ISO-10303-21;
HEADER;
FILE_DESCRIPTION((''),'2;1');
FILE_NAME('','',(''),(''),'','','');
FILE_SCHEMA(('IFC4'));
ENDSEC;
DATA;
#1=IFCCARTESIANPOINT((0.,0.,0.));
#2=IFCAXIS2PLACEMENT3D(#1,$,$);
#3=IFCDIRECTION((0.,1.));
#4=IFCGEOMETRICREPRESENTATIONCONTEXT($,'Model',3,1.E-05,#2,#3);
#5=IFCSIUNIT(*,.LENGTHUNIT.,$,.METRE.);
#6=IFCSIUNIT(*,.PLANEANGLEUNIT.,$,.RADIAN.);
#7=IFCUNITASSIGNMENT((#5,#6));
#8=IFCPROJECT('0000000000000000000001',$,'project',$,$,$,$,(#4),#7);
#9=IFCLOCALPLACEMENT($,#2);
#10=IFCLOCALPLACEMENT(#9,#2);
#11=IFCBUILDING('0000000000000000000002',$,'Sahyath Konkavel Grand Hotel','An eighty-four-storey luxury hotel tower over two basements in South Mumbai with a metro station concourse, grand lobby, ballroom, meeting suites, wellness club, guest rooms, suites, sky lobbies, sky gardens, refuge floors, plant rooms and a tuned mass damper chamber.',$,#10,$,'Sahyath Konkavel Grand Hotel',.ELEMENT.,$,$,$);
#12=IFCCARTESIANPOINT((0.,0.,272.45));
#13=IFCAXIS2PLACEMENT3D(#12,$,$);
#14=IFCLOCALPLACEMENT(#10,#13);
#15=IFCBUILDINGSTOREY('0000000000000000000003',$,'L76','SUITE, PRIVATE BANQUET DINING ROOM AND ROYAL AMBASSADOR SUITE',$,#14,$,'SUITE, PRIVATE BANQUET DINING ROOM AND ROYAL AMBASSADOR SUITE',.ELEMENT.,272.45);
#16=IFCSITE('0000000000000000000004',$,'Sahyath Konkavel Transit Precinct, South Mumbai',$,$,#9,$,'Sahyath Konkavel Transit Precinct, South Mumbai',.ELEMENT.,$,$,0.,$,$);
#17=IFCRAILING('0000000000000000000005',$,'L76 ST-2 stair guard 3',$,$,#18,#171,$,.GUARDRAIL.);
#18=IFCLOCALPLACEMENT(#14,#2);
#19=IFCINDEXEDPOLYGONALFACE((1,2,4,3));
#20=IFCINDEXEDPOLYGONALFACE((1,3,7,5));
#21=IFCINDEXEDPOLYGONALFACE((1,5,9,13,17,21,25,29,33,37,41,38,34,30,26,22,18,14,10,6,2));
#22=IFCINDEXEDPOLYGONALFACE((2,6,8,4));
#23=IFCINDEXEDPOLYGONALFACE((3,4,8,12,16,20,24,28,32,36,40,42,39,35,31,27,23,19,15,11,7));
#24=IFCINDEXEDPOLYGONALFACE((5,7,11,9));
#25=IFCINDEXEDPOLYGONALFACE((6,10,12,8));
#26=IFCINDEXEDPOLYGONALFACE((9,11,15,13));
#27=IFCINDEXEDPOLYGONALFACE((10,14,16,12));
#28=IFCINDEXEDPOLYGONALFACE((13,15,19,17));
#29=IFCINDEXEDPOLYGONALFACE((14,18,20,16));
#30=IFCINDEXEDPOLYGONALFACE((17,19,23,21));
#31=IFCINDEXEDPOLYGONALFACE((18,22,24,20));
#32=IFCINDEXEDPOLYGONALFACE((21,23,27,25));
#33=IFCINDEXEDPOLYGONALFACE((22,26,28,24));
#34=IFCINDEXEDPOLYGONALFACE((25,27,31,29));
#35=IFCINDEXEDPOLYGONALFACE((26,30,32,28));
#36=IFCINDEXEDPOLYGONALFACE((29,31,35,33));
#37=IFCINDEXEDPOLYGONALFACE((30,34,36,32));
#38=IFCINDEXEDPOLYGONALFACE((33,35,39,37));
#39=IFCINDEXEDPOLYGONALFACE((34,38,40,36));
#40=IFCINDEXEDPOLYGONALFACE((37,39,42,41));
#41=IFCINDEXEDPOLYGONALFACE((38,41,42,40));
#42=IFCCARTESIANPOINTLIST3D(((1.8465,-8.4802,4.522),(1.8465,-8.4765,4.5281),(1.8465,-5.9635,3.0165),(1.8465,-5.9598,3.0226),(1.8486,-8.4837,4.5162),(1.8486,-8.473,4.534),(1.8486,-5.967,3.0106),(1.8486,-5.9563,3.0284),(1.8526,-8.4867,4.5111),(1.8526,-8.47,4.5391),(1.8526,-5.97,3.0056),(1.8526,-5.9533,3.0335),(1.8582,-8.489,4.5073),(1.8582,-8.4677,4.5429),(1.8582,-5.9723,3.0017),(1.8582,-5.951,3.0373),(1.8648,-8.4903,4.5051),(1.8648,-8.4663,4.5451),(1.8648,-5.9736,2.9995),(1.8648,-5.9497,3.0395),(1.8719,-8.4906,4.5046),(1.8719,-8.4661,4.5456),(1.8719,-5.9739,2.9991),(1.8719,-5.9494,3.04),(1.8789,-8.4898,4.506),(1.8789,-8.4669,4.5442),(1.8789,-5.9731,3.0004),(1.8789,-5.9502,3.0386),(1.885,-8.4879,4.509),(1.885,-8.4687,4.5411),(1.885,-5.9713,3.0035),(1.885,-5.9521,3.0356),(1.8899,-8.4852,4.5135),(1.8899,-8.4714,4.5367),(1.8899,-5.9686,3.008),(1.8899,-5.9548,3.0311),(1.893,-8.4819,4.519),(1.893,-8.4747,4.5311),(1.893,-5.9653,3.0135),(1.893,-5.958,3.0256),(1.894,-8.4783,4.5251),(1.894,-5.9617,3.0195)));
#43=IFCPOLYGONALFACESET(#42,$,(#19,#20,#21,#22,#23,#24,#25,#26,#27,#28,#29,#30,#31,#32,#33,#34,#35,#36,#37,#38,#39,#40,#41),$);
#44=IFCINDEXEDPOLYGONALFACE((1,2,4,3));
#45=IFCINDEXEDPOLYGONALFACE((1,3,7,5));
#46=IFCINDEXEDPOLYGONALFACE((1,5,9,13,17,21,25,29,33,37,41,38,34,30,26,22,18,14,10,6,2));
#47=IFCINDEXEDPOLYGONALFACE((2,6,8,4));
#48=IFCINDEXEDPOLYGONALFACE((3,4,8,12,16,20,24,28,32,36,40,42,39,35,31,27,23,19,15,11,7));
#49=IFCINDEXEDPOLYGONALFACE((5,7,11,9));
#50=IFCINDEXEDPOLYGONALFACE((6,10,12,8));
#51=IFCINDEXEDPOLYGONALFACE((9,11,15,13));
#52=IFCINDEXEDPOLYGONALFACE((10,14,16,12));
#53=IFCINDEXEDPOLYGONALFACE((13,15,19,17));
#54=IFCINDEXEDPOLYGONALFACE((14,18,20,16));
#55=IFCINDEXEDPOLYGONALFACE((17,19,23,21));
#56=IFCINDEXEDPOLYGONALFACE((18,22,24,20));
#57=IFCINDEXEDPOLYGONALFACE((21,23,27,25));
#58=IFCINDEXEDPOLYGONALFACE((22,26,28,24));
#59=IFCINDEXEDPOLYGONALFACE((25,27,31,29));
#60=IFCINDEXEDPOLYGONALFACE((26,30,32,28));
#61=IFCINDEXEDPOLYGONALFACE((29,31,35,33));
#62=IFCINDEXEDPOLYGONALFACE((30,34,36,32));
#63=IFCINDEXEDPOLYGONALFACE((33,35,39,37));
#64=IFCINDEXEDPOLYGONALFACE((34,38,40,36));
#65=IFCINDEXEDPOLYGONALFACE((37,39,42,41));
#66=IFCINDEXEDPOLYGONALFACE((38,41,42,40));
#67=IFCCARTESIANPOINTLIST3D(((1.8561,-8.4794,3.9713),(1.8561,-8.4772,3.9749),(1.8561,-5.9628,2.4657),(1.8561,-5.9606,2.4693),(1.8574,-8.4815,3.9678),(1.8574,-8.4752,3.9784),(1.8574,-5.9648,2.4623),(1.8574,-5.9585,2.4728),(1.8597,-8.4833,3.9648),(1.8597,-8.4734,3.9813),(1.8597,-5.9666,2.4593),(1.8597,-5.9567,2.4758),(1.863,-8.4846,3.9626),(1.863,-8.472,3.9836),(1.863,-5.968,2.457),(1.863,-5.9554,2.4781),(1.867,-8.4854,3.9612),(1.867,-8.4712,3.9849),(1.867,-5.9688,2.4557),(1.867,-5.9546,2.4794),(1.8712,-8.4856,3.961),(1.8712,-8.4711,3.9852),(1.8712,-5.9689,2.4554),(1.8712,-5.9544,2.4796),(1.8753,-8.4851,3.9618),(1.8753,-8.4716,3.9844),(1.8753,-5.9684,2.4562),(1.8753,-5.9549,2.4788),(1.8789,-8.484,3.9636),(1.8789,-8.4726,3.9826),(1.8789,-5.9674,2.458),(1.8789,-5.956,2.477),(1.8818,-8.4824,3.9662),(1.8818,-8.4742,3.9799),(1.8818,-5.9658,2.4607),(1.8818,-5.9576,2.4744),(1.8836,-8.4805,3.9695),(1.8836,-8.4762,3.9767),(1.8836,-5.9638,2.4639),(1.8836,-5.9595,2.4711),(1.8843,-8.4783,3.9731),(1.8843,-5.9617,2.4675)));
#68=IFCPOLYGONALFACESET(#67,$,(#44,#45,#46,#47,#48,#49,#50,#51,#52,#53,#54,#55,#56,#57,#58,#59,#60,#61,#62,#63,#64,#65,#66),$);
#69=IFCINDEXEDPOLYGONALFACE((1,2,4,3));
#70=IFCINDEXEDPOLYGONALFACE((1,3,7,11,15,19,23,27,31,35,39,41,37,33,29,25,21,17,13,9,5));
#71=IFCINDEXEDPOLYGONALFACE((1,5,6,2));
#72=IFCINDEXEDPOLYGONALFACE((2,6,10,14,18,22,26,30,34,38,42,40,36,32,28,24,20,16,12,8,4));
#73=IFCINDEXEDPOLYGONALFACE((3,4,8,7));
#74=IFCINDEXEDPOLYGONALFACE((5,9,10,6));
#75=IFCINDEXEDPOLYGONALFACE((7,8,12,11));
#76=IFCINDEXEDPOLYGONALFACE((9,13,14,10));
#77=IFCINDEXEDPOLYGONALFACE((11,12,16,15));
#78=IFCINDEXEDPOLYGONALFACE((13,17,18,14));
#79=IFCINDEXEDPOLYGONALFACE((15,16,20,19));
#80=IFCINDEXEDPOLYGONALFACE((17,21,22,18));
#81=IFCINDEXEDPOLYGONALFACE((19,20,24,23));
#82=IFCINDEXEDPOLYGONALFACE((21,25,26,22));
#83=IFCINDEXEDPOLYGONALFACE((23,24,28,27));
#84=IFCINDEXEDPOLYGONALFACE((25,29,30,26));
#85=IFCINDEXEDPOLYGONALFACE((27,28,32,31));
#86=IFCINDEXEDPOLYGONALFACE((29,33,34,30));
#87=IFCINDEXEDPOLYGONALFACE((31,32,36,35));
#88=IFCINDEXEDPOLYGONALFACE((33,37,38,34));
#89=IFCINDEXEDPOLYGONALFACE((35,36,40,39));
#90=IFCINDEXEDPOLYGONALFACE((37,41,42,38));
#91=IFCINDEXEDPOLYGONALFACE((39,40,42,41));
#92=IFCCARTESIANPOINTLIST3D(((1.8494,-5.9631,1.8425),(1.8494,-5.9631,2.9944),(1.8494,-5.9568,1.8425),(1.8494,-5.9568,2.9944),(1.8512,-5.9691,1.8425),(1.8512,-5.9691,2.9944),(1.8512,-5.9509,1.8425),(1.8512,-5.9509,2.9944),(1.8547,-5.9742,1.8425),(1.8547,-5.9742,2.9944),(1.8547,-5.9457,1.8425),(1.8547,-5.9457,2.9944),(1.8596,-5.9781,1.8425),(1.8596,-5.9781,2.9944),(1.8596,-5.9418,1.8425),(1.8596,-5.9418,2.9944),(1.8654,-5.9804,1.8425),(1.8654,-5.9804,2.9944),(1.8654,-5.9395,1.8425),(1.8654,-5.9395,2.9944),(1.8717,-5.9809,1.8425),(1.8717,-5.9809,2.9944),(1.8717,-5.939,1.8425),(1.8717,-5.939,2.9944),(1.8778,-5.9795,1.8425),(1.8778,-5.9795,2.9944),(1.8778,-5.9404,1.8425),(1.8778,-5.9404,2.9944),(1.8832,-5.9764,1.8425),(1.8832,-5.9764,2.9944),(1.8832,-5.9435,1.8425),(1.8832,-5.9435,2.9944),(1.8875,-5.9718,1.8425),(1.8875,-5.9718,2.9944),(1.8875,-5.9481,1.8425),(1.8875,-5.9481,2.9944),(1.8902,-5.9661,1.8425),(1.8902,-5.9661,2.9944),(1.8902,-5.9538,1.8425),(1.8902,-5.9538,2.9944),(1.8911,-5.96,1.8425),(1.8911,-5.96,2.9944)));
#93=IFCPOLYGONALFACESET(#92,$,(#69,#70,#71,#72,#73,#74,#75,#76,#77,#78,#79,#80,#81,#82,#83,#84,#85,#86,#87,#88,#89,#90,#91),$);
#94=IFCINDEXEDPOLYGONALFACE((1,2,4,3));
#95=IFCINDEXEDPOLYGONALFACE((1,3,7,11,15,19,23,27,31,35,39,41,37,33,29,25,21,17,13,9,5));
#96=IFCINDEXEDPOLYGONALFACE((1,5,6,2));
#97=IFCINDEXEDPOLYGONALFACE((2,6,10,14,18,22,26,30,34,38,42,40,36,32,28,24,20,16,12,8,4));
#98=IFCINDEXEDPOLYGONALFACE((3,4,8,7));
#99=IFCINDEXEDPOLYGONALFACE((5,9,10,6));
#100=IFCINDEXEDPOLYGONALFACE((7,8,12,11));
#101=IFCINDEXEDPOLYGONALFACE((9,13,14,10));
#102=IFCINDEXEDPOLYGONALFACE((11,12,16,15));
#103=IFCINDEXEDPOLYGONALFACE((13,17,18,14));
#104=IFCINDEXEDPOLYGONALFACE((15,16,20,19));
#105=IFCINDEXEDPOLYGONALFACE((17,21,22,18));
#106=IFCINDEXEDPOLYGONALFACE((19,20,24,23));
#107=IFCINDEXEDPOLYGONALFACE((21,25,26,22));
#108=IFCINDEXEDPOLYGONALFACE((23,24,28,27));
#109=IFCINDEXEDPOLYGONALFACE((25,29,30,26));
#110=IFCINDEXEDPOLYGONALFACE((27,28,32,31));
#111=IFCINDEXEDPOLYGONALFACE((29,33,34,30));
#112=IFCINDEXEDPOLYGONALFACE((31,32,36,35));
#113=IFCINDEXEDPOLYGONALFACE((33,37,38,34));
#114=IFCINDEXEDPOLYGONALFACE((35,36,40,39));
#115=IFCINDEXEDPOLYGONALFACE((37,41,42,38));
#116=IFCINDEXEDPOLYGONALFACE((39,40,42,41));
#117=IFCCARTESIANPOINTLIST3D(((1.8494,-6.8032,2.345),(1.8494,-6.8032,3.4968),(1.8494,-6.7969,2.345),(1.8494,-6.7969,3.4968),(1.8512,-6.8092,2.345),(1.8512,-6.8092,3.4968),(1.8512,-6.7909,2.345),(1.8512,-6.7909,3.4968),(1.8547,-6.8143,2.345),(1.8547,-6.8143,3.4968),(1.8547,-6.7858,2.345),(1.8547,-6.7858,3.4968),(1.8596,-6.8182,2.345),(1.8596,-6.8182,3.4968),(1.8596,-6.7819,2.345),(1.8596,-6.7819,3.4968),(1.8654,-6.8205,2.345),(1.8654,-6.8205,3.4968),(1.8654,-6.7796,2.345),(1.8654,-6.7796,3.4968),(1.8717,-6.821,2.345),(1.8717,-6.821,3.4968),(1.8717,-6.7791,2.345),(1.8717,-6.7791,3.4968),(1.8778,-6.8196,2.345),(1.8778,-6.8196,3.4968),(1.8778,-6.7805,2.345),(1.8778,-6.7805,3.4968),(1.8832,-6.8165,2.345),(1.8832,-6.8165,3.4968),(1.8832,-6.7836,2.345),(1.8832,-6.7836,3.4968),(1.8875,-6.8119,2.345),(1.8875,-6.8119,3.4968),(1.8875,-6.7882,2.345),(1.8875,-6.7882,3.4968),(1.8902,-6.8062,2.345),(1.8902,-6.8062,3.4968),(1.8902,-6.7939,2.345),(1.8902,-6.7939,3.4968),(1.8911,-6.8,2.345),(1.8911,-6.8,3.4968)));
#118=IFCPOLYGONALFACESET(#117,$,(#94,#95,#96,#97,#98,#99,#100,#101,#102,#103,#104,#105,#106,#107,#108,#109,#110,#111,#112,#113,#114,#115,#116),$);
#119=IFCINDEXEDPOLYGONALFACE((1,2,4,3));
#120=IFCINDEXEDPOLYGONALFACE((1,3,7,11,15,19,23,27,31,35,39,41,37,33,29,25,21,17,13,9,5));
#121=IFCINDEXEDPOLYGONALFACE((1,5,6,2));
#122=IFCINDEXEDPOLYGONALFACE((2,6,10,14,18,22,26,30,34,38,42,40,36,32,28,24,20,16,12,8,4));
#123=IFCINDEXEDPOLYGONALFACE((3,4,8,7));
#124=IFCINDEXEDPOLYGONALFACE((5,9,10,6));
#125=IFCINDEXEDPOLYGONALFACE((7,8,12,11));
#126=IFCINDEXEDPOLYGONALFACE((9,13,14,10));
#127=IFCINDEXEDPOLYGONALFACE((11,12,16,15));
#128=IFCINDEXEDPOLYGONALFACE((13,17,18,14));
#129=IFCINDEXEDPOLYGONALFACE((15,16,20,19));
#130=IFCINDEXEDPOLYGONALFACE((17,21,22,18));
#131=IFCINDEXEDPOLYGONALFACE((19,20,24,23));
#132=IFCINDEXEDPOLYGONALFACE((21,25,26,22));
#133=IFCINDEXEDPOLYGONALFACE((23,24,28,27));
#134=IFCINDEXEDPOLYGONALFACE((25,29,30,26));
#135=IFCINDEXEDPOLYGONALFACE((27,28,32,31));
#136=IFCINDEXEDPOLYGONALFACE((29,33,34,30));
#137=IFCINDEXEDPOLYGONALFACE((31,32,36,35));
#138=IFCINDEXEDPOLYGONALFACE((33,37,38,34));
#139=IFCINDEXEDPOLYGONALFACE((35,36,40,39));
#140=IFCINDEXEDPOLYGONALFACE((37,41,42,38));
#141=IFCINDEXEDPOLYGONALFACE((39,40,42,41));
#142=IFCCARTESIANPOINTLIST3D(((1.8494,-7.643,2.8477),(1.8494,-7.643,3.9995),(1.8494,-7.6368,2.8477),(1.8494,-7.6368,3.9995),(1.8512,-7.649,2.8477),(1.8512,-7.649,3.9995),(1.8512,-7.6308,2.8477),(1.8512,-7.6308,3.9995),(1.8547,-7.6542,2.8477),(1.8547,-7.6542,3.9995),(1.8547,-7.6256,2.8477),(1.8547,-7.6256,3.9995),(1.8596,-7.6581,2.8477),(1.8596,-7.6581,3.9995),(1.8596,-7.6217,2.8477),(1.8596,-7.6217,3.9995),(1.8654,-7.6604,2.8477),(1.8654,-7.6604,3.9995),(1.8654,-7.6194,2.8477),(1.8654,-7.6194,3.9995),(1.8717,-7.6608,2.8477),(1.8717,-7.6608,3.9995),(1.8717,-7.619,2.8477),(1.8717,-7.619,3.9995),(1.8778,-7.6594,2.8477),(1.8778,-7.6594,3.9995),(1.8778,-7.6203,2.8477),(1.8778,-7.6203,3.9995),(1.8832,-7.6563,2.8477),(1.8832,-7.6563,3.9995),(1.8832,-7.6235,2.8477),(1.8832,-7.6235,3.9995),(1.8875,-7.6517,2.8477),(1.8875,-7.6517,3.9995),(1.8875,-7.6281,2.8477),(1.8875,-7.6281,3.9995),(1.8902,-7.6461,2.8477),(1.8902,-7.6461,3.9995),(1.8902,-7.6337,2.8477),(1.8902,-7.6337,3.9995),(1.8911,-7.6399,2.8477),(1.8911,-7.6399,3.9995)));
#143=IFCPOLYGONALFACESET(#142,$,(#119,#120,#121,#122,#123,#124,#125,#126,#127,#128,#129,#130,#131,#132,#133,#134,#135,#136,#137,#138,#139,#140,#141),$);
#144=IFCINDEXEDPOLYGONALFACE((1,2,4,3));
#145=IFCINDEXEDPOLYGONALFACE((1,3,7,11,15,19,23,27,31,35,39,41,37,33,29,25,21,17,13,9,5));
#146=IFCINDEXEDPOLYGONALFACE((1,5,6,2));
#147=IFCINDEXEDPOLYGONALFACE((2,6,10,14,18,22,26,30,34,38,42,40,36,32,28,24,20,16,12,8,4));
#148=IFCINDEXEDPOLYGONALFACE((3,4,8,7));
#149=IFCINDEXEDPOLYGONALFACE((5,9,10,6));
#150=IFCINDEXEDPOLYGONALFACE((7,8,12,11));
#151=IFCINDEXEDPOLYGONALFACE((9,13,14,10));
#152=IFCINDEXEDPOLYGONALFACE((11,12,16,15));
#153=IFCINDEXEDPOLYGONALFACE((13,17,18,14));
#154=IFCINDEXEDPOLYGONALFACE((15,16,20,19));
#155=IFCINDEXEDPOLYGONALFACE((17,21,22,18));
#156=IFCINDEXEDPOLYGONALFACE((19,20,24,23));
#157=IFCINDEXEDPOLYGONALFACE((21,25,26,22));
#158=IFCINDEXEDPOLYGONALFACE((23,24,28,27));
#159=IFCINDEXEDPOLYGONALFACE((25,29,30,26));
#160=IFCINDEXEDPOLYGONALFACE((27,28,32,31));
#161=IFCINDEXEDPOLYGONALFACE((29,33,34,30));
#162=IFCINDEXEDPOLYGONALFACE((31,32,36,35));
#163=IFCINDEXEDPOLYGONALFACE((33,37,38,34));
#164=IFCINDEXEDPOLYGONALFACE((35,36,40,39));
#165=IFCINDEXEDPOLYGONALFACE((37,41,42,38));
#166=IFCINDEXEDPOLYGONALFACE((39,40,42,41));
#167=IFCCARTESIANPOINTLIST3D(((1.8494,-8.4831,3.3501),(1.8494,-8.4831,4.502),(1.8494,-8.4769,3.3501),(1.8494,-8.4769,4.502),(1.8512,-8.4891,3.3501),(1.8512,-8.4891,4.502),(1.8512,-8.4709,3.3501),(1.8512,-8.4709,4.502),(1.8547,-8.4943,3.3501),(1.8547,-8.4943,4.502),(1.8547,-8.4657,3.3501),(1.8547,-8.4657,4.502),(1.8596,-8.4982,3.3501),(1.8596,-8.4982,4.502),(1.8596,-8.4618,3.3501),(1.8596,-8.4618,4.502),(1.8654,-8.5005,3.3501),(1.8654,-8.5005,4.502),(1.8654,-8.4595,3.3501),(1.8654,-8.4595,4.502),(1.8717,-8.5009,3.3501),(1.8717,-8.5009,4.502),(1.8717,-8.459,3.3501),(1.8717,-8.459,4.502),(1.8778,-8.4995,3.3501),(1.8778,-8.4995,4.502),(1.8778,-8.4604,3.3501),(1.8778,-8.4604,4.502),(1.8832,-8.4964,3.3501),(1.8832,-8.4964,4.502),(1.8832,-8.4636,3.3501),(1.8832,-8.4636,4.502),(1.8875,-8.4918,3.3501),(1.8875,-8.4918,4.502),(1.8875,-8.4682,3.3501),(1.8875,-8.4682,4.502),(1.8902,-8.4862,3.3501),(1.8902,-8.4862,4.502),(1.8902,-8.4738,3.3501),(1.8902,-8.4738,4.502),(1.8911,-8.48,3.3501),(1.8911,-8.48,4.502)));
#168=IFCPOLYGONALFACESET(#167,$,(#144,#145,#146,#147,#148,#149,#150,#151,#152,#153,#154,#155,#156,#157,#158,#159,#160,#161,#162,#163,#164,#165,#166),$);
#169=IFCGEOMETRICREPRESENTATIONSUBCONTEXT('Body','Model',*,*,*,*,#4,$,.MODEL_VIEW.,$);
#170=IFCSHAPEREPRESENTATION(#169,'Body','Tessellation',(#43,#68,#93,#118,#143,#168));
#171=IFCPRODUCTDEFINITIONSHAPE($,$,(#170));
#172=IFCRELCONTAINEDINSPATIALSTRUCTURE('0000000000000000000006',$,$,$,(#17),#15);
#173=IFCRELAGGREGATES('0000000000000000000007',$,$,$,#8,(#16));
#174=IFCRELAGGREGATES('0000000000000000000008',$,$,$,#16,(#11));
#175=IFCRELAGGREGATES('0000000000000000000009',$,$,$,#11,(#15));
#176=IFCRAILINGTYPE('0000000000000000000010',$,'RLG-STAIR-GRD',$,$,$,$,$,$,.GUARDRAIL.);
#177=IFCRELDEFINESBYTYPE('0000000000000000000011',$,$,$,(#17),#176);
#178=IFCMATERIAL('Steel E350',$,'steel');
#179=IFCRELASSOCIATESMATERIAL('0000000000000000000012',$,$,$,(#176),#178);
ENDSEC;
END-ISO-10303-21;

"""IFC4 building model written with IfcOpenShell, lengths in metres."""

from ifc_helpers import new_model, si_unit, direction, frame, origin, origin_2d, place, context, subcontext, project, spatial, circle, extrude, material, type_object, element, save


model = new_model("IFC4")

# Units and contexts
model_context = context("Model", 3, precision=1e-05, world=origin(), true_north=direction((0.0, 1.0)))
body_context = subcontext(model_context, "Body", "Model", "MODEL_VIEW")
ifc_project = project(units=[si_unit("LENGTHUNIT", "METRE"), si_unit("PLANEANGLEUNIT", "RADIAN")], contexts=[model_context])

# Site, building, storey
site_placement = place(None, origin())
site = spatial("IfcSite", under=ifc_project, at=site_placement, Name="Sahyath Konkavel Transit Precinct, South Mumbai", LongName="Sahyath Konkavel Transit Precinct, South Mumbai", CompositionType="ELEMENT", RefElevation=0.0)
building_placement = place(site_placement, origin())
building = spatial("IfcBuilding", under=site, at=building_placement, Name="Sahyath Konkavel Grand Hotel", Description="An eighty-four-storey luxury hotel tower over two basements in South Mumbai with a metro station concourse, grand lobby, ballroom, meeting suites, wellness club, guest rooms, suites, sky lobbies, sky gardens, refuge floors, plant rooms and a tuned mass damper chamber.", LongName="Sahyath Konkavel Grand Hotel", CompositionType="ELEMENT")
storey_placement = place(building_placement, frame((0.0, 0.0, 272.45)))
storey = spatial("IfcBuildingStorey", under=building, at=storey_placement, Name="L76", Description="SUITE, PRIVATE BANQUET DINING ROOM AND ROYAL AMBASSADOR SUITE", LongName="SUITE, PRIVATE BANQUET DINING ROOM AND ROYAL AMBASSADOR SUITE", CompositionType="ELEMENT", Elevation=272.45)

# Shared definitions
ifc_material_1 = material(Name="Steel E350", Category="steel")

# Railing
railing_type_1 = type_object("IfcRailingType", Name="RLG-STAIR-GRD", PredefinedType="GUARDRAIL", material=ifc_material_1)
railing_1_placement = place(storey_placement, frame((1.8701, -5.96, 1.8425)))
element("IfcRailing", 1, at=railing_1_placement, inside=storey, type_object=railing_type_1, Name="L76 ST-2 stair guard 3", PredefinedType="GUARDRAIL", context=body_context, shape_type="SweptSolid", body=[
    extrude(circle(Radius=0.0239, at=origin_2d()), frame((0.0, -0.0017, 1.177), z_axis=(0.0, -0.85816, 0.513383), x_axis=(1.0, 0.0, 0.0)), (0.0, 0.0, 1.0), 2.9326),
    extrude(circle(Radius=0.0142, at=origin_2d()), frame((0.0, -0.0017, 0.625), z_axis=(0.0, -0.85816, 0.513383), x_axis=(1.0, 0.0, 0.0)), (0.0, 0.0, 1.0), 2.9326),
    extrude(circle(Radius=0.021, at=origin_2d()), origin(), (0.0, 0.0, 1.0), 1.1519),
    extrude(circle(Radius=0.021, at=origin_2d()), frame((0.0, -0.8401, 0.5024)), (0.0, 0.0, 1.0), 1.1519),
    extrude(circle(Radius=0.021, at=origin_2d()), frame((0.0, -1.6799, 1.0051)), (0.0, 0.0, 1.0), 1.1519),
    extrude(circle(Radius=0.021, at=origin_2d()), frame((0.0, -2.52, 1.5076)), (0.0, 0.0, 1.0), 1.1519),
])

save(model, "model.ifc")
